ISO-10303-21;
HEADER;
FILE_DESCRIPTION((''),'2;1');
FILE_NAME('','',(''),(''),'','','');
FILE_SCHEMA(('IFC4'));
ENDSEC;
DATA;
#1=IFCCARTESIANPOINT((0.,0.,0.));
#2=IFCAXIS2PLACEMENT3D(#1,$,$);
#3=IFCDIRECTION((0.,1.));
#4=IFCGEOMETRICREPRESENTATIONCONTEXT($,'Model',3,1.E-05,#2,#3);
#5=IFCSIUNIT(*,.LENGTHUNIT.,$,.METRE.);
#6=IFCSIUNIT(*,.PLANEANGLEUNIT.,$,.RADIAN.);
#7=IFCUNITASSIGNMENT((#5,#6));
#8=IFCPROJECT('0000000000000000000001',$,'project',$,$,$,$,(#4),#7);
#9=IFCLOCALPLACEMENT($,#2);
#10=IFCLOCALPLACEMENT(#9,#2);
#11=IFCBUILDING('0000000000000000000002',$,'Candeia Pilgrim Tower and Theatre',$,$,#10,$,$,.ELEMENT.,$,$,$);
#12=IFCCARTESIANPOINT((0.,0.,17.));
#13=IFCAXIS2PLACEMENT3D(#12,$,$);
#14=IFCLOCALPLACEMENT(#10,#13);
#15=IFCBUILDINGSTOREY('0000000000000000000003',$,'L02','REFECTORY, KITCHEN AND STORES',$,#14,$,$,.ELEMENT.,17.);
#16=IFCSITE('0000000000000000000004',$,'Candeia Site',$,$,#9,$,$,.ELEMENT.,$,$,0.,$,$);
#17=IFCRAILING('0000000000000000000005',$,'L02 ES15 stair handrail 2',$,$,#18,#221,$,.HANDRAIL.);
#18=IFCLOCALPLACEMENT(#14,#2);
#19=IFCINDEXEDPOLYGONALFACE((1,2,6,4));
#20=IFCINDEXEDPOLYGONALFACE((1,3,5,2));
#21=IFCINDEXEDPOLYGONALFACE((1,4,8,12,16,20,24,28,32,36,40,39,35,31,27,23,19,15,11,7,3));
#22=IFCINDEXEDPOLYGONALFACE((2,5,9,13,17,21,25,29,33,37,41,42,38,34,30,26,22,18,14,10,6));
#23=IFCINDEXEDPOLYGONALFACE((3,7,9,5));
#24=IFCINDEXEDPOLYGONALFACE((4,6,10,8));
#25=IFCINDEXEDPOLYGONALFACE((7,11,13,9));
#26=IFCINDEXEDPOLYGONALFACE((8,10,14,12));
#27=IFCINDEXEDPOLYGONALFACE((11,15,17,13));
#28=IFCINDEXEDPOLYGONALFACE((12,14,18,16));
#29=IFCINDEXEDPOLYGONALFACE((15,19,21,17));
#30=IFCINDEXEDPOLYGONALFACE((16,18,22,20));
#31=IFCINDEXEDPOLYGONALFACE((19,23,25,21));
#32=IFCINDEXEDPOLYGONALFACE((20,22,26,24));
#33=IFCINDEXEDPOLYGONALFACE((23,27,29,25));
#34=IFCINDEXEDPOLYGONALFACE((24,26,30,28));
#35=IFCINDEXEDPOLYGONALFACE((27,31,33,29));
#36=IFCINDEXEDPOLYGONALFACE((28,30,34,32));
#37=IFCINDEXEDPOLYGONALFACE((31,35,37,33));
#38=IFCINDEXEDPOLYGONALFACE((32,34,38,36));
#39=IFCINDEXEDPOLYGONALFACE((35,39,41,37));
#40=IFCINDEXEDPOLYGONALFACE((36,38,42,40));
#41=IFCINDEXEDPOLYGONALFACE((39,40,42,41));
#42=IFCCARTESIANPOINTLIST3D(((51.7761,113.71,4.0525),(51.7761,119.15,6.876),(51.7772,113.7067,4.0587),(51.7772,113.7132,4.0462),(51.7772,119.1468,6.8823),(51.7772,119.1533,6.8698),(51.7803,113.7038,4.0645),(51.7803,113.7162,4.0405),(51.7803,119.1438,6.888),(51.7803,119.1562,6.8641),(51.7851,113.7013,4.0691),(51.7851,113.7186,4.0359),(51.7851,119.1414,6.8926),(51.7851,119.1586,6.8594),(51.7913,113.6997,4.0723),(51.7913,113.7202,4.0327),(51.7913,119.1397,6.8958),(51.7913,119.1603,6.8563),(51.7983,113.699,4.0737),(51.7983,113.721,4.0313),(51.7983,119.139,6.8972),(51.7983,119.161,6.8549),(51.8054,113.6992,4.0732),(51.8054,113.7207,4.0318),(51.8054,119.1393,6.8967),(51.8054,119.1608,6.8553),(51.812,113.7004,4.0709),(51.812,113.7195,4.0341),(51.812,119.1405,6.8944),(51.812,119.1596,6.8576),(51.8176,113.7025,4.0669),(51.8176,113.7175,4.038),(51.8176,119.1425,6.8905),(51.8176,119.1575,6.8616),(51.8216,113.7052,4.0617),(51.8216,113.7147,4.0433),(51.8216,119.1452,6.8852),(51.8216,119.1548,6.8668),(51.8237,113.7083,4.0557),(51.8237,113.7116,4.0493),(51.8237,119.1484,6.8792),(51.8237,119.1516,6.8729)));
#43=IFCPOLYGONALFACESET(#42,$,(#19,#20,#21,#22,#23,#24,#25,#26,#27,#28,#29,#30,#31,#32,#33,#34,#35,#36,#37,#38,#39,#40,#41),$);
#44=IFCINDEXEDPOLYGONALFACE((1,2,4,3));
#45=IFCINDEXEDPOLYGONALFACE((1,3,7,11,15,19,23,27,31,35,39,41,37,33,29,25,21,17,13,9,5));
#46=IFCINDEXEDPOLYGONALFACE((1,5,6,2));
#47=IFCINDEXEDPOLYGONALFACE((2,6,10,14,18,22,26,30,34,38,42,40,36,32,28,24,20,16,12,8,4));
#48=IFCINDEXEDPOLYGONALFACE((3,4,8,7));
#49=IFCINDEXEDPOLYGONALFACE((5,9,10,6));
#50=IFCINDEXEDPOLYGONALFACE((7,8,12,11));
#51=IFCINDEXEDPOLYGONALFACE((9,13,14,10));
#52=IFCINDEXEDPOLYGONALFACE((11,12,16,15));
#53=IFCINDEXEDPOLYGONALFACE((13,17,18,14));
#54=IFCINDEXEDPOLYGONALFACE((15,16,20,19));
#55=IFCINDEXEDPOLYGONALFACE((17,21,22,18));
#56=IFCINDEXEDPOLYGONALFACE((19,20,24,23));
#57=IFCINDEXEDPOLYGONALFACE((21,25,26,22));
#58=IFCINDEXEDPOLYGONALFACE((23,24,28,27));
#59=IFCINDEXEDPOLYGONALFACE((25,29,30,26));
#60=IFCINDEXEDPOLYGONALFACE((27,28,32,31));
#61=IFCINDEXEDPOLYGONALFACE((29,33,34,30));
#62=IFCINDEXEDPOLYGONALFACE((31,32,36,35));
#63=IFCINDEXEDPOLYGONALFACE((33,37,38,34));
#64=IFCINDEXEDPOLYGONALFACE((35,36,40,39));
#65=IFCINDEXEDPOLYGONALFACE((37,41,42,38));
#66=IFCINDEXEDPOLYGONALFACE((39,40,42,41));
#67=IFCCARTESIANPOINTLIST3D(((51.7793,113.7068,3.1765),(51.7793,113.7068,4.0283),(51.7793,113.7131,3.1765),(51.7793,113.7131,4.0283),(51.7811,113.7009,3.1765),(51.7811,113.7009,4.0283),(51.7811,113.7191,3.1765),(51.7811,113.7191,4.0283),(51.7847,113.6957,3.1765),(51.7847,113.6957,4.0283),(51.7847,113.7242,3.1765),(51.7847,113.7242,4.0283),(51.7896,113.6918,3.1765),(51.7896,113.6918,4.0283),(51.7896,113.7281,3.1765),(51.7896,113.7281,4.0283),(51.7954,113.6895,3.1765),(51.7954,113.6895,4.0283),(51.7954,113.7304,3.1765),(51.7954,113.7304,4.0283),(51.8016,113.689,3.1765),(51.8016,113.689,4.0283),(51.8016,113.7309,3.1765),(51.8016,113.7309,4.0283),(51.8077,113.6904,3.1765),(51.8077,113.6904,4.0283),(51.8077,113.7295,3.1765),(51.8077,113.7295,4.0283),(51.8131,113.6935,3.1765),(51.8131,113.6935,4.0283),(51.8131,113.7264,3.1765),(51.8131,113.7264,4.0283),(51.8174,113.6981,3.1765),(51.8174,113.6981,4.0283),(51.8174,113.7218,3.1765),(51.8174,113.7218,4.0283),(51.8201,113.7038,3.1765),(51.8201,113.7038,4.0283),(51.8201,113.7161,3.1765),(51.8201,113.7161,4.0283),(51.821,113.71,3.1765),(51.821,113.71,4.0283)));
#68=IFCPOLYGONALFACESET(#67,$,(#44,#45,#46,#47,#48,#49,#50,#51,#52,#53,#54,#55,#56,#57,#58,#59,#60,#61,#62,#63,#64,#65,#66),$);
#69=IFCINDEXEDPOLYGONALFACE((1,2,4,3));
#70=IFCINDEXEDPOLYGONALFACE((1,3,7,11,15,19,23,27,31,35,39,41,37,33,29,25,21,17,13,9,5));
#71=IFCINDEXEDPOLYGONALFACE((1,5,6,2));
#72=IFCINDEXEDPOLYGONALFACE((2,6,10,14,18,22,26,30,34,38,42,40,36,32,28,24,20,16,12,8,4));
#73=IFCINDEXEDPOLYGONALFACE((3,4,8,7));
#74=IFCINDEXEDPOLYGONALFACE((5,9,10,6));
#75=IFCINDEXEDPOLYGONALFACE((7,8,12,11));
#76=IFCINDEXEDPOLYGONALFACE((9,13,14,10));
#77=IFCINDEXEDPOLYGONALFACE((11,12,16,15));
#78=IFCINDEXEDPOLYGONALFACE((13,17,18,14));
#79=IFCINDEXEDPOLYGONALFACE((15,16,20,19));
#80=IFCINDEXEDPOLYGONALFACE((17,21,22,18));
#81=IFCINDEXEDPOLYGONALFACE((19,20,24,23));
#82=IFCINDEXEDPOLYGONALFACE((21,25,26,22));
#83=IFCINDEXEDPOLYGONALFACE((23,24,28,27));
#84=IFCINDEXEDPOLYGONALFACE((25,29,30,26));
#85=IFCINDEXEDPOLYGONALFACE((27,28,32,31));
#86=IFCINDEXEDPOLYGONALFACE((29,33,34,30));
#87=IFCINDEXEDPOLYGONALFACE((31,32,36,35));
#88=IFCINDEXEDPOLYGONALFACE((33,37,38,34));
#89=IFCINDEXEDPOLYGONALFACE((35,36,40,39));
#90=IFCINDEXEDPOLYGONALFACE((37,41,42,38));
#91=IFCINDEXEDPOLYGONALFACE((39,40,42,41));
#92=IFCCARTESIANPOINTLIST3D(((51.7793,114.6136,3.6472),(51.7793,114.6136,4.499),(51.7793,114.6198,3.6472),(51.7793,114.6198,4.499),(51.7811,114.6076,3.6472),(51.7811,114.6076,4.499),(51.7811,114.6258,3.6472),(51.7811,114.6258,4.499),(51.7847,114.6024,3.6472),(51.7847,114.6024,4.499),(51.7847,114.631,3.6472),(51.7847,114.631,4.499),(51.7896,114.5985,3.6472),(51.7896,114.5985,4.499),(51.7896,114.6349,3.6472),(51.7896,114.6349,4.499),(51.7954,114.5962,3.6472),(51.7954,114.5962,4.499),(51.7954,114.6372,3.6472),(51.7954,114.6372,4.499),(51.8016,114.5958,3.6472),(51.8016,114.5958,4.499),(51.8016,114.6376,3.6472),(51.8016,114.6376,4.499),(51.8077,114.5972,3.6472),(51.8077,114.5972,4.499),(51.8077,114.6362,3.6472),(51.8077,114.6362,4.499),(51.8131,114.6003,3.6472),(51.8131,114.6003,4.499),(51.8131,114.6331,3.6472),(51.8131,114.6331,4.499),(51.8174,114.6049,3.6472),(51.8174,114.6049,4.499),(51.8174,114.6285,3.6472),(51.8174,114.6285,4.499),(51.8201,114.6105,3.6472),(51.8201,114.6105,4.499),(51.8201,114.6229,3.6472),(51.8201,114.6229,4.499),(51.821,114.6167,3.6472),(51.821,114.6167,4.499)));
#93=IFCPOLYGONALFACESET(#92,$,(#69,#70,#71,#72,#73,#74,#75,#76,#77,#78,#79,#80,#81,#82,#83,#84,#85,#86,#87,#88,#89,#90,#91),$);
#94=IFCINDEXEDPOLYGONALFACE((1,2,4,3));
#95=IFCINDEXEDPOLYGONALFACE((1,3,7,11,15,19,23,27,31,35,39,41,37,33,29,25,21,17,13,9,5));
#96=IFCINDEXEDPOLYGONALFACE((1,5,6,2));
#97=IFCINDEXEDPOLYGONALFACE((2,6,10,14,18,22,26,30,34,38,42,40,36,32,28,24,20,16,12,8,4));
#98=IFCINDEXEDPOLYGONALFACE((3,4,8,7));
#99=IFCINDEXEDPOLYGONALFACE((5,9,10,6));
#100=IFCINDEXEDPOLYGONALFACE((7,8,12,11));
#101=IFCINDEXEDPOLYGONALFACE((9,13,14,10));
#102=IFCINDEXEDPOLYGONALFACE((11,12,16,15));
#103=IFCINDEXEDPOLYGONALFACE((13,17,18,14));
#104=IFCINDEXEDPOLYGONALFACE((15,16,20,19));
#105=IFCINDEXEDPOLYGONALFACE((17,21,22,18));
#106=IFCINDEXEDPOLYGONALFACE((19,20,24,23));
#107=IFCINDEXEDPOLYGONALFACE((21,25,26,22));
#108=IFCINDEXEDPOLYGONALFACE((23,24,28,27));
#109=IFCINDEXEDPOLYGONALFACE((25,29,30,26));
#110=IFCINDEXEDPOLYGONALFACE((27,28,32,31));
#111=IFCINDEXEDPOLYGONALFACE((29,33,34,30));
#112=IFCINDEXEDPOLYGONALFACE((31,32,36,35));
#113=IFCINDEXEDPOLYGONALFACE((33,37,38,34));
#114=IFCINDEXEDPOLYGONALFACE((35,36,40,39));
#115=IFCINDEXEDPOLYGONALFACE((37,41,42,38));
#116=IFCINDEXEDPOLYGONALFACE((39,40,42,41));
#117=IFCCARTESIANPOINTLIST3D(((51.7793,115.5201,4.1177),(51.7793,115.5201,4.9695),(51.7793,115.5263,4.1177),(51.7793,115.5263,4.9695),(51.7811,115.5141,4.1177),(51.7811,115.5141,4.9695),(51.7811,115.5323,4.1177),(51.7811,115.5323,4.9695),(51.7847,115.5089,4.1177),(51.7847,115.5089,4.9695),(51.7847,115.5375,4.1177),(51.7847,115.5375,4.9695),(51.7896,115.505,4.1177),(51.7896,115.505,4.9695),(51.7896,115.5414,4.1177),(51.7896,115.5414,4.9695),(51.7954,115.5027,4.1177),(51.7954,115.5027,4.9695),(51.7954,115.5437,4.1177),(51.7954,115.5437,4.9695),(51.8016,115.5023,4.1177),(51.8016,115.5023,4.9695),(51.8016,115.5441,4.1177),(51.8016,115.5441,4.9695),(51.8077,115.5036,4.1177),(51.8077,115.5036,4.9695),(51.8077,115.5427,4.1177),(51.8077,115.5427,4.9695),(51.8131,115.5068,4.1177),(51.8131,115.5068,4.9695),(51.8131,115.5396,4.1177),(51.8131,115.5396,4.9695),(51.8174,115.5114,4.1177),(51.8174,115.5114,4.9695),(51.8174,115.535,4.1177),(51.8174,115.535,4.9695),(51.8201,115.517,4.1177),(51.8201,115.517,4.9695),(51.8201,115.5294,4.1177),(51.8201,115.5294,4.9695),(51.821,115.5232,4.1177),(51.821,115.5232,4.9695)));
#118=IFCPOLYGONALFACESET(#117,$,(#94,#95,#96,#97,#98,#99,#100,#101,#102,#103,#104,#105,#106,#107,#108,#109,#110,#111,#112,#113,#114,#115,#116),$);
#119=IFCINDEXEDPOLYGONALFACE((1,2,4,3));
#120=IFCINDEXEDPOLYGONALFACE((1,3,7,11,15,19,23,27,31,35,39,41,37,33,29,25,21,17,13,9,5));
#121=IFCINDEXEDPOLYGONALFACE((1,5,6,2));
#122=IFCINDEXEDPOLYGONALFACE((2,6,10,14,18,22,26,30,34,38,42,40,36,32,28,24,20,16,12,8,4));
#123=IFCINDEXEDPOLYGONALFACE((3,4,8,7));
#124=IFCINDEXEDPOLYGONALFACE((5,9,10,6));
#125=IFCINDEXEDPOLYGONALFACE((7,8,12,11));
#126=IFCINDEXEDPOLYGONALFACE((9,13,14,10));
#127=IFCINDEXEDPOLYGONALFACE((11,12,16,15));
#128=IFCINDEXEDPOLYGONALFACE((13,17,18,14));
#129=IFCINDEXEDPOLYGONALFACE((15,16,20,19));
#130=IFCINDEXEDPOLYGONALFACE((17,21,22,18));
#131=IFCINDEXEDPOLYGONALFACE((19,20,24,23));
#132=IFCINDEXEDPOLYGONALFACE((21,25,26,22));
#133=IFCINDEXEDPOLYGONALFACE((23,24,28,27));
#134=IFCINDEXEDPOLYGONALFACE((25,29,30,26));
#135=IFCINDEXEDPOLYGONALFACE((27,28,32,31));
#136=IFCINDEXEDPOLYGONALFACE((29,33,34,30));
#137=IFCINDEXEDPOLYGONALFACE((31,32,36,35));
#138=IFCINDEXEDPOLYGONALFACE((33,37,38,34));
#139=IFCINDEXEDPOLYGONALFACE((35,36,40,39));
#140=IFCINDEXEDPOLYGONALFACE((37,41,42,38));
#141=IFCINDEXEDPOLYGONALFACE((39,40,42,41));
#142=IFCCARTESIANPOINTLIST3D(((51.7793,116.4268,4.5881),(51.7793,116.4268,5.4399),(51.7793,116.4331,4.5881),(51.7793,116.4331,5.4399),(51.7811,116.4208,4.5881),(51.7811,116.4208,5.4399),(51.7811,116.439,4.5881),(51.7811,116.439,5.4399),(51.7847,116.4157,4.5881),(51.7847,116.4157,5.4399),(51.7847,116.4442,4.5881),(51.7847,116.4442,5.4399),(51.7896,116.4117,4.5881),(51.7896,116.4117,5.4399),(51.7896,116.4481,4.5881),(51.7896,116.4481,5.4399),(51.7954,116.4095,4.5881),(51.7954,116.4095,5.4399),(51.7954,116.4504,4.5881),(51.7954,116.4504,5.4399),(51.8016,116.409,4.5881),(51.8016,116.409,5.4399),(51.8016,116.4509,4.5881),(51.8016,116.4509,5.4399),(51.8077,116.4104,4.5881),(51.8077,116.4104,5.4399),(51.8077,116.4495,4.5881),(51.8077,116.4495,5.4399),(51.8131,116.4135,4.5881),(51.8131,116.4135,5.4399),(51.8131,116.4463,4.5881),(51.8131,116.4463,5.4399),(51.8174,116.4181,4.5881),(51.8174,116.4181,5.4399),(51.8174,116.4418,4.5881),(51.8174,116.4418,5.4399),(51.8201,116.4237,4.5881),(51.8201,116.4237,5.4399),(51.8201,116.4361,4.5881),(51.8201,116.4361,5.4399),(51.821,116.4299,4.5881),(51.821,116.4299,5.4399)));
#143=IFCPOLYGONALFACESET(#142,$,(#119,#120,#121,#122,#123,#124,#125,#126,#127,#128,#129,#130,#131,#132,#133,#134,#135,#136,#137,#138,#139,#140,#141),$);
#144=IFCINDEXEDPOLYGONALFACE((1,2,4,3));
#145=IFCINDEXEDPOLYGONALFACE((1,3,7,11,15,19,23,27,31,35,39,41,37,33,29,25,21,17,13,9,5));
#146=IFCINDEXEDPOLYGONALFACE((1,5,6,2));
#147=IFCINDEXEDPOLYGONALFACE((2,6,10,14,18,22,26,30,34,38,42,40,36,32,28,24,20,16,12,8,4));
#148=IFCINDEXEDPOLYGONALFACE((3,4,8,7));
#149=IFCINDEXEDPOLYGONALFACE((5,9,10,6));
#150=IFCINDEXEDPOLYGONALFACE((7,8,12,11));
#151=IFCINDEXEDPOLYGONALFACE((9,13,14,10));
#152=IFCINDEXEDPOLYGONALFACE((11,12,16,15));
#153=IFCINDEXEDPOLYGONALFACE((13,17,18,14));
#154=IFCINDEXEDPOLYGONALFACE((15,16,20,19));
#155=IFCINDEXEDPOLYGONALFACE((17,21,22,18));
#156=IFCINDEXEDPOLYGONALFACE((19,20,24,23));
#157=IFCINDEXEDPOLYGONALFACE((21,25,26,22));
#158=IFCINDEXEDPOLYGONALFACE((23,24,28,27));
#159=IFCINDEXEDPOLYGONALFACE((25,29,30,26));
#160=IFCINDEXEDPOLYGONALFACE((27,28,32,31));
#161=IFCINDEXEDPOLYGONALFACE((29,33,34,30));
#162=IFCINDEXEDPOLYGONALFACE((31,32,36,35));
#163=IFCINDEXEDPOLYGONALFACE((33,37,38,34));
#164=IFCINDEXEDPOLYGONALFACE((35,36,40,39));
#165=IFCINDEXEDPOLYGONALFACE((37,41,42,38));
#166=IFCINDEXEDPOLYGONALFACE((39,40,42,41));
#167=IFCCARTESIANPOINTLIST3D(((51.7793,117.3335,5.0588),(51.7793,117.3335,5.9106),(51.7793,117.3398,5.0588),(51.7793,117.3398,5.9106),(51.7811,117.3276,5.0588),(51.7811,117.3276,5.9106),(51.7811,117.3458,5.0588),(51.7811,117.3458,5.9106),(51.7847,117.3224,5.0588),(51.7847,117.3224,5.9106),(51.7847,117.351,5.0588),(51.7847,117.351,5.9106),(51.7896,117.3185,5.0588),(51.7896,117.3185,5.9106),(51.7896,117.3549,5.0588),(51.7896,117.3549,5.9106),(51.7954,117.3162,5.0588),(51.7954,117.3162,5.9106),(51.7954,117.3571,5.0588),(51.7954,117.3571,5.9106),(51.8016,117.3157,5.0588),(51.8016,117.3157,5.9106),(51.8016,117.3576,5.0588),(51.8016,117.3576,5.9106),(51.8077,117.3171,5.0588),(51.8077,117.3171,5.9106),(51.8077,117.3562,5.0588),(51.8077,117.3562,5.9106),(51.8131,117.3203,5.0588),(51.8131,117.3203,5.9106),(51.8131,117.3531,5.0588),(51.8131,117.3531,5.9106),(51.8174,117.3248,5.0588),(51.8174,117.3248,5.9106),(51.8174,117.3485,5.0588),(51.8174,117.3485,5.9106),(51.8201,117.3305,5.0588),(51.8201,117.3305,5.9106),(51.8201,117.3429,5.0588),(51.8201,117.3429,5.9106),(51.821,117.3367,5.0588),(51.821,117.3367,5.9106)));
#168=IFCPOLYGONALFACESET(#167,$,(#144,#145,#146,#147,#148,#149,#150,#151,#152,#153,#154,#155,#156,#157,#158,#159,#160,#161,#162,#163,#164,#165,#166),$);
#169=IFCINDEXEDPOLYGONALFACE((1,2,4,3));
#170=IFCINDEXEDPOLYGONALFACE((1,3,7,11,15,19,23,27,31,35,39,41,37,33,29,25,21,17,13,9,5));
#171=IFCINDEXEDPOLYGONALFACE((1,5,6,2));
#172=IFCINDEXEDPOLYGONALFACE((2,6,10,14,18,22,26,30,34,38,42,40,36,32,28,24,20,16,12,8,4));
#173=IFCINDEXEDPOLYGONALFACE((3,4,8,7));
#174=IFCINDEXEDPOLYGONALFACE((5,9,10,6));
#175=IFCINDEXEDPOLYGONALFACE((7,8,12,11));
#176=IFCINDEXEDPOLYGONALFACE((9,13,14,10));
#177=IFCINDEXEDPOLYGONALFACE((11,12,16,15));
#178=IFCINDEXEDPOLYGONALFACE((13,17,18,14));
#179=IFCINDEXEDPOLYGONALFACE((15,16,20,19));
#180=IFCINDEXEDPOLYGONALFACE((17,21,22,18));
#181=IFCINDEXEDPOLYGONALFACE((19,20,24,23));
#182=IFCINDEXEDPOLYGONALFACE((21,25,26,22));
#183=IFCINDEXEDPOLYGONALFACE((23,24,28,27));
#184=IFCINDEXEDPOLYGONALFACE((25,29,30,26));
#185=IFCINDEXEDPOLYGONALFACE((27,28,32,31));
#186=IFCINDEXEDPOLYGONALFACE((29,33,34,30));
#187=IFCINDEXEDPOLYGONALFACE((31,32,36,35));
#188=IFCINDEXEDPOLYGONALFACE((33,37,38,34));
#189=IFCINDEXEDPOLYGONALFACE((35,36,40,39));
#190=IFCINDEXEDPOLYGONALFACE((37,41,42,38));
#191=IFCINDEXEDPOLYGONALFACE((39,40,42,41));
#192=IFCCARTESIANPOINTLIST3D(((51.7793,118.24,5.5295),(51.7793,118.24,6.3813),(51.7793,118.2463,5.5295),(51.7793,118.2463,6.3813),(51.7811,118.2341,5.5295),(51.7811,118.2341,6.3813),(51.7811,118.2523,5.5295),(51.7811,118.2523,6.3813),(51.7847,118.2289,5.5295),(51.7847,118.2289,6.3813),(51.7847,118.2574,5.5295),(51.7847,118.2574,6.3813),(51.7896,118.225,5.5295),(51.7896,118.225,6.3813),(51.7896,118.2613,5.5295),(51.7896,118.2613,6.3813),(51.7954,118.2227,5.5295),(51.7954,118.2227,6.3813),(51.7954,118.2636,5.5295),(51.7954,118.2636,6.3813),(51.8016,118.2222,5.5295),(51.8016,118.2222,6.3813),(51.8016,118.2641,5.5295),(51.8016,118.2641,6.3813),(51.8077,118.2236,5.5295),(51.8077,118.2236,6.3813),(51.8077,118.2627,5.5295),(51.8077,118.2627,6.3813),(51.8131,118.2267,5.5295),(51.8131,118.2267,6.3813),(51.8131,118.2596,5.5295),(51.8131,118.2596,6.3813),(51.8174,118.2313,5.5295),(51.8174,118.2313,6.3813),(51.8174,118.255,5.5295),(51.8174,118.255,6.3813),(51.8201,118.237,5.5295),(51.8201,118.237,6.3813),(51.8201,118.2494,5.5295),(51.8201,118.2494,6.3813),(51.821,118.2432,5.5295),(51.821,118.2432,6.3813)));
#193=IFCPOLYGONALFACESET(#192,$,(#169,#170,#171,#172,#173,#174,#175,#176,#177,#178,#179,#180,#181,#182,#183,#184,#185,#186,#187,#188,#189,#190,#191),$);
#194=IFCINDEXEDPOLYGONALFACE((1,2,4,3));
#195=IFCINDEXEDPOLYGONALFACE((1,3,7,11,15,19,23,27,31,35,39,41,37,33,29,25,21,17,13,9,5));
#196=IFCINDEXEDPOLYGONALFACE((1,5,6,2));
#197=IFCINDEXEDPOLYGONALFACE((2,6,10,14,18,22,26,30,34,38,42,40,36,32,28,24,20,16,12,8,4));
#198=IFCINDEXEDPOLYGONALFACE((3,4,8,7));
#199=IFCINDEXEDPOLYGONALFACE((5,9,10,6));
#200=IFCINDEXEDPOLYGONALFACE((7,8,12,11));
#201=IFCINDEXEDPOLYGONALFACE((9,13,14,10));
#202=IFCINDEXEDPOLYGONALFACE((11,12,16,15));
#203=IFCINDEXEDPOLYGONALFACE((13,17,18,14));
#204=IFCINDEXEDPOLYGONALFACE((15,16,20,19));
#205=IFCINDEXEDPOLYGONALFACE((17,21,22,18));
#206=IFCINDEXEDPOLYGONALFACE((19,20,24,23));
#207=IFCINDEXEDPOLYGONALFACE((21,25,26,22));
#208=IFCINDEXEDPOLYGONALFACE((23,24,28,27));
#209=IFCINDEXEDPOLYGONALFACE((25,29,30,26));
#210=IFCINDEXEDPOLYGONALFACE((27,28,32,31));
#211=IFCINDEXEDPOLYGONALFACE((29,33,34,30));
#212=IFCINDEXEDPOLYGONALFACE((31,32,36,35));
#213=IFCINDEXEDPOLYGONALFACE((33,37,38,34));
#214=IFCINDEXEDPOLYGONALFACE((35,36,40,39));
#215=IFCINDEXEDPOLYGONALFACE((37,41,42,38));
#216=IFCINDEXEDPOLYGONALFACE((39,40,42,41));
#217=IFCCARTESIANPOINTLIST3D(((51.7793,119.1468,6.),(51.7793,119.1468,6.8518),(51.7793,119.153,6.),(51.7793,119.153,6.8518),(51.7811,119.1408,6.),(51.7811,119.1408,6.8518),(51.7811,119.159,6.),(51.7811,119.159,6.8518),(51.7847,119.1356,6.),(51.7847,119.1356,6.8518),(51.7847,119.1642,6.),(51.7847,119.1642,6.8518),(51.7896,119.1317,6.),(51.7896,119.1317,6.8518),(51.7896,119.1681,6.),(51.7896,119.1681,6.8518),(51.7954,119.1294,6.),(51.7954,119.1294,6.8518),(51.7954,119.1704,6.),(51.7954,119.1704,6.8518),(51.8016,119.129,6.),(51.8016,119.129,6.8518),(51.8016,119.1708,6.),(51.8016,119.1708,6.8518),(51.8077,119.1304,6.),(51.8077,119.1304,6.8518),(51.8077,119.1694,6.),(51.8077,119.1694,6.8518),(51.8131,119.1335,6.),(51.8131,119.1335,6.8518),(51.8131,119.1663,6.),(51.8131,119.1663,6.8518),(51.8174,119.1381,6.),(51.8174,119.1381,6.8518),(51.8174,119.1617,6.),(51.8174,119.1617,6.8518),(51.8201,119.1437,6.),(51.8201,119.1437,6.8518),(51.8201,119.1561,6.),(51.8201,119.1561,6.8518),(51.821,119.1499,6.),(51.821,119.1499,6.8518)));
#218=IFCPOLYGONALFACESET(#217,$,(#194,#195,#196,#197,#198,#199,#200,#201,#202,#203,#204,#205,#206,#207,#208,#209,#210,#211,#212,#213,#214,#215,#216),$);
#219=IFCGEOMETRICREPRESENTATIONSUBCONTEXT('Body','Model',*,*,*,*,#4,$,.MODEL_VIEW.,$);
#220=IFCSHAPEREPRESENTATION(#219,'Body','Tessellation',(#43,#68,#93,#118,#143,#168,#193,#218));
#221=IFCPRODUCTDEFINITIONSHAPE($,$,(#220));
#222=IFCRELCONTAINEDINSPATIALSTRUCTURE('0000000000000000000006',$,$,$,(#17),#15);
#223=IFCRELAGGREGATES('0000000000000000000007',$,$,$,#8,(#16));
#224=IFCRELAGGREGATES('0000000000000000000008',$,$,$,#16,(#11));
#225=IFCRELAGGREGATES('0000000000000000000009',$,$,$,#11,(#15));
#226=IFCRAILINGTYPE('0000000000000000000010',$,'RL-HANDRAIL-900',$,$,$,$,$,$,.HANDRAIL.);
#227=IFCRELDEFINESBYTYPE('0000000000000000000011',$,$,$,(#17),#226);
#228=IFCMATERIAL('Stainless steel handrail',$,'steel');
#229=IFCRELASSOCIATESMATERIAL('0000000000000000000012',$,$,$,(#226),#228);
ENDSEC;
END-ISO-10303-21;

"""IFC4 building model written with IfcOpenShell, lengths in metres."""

from ifc_helpers import new_model, si_unit, direction, frame, origin, origin_2d, place, context, subcontext, project, spatial, circle, extrude, material, type_object, element, save


model = new_model("IFC4")

# Units and contexts
model_context = context("Model", 3, precision=1e-05, world=origin(), true_north=direction((0.0, 1.0)))
body_context = subcontext(model_context, "Body", "Model", "MODEL_VIEW")
ifc_project = project(units=[si_unit("LENGTHUNIT", "METRE"), si_unit("PLANEANGLEUNIT", "RADIAN")], contexts=[model_context])

# Site, building, storey
site_placement = place(None, origin())
site = spatial("IfcSite", under=ifc_project, at=site_placement, Name="Candeia Site", CompositionType="ELEMENT", RefElevation=0.0)
building_placement = place(site_placement, origin())
building = spatial("IfcBuilding", under=site, at=building_placement, Name="Candeia Pilgrim Tower and Theatre", CompositionType="ELEMENT")
storey_placement = place(building_placement, frame((0.0, 0.0, 17.0)))
storey = spatial("IfcBuildingStorey", under=building, at=storey_placement, Name="L02", Description="REFECTORY, KITCHEN AND STORES", CompositionType="ELEMENT", Elevation=17.0)

# Railing
ifc_material_1 = material(Name="Stainless steel handrail", Category="steel")
railing_type_1 = type_object("IfcRailingType", Name="RL-HANDRAIL-900", PredefinedType="HANDRAIL", material=ifc_material_1)
railing_1_placement = place(storey_placement, frame((51.8, 113.71, 3.1765)))
element("IfcRailing", 1, at=railing_1_placement, inside=storey, type_object=railing_type_1, Name="L02 ES15 stair handrail 2", PredefinedType="HANDRAIL", context=body_context, shape_type="SweptSolid", body=[
    extrude(circle(Radius=0.0239, at=origin_2d()), frame((0.0, 0.0, 0.876), z_axis=(0.0, 0.887569, 0.460674), x_axis=(-1.0, 0.0, 0.0)), (0.0, 0.0, 1.0), 6.1292),
    extrude(circle(Radius=0.021, at=origin_2d()), origin(), (0.0, 0.0, 1.0), 0.8518),
    extrude(circle(Radius=0.021, at=origin_2d()), frame((0.0, 0.9067, 0.4707)), (0.0, 0.0, 1.0), 0.8518),
    extrude(circle(Radius=0.021, at=origin_2d()), frame((0.0, 1.8132, 0.9412)), (0.0, 0.0, 1.0), 0.8518),
    extrude(circle(Radius=0.021, at=origin_2d()), frame((0.0, 2.72, 1.4116)), (0.0, 0.0, 1.0), 0.8518),
    extrude(circle(Radius=0.021, at=origin_2d()), frame((0.0, 3.6267, 1.8823)), (0.0, 0.0, 1.0), 0.8518),
    extrude(circle(Radius=0.021, at=origin_2d()), frame((0.0, 4.5332, 2.353)), (0.0, 0.0, 1.0), 0.8518),
    extrude(circle(Radius=0.021, at=origin_2d()), frame((0.0, 5.4399, 2.8235)), (0.0, 0.0, 1.0), 0.8518),
])

save(model, "model.ifc")
